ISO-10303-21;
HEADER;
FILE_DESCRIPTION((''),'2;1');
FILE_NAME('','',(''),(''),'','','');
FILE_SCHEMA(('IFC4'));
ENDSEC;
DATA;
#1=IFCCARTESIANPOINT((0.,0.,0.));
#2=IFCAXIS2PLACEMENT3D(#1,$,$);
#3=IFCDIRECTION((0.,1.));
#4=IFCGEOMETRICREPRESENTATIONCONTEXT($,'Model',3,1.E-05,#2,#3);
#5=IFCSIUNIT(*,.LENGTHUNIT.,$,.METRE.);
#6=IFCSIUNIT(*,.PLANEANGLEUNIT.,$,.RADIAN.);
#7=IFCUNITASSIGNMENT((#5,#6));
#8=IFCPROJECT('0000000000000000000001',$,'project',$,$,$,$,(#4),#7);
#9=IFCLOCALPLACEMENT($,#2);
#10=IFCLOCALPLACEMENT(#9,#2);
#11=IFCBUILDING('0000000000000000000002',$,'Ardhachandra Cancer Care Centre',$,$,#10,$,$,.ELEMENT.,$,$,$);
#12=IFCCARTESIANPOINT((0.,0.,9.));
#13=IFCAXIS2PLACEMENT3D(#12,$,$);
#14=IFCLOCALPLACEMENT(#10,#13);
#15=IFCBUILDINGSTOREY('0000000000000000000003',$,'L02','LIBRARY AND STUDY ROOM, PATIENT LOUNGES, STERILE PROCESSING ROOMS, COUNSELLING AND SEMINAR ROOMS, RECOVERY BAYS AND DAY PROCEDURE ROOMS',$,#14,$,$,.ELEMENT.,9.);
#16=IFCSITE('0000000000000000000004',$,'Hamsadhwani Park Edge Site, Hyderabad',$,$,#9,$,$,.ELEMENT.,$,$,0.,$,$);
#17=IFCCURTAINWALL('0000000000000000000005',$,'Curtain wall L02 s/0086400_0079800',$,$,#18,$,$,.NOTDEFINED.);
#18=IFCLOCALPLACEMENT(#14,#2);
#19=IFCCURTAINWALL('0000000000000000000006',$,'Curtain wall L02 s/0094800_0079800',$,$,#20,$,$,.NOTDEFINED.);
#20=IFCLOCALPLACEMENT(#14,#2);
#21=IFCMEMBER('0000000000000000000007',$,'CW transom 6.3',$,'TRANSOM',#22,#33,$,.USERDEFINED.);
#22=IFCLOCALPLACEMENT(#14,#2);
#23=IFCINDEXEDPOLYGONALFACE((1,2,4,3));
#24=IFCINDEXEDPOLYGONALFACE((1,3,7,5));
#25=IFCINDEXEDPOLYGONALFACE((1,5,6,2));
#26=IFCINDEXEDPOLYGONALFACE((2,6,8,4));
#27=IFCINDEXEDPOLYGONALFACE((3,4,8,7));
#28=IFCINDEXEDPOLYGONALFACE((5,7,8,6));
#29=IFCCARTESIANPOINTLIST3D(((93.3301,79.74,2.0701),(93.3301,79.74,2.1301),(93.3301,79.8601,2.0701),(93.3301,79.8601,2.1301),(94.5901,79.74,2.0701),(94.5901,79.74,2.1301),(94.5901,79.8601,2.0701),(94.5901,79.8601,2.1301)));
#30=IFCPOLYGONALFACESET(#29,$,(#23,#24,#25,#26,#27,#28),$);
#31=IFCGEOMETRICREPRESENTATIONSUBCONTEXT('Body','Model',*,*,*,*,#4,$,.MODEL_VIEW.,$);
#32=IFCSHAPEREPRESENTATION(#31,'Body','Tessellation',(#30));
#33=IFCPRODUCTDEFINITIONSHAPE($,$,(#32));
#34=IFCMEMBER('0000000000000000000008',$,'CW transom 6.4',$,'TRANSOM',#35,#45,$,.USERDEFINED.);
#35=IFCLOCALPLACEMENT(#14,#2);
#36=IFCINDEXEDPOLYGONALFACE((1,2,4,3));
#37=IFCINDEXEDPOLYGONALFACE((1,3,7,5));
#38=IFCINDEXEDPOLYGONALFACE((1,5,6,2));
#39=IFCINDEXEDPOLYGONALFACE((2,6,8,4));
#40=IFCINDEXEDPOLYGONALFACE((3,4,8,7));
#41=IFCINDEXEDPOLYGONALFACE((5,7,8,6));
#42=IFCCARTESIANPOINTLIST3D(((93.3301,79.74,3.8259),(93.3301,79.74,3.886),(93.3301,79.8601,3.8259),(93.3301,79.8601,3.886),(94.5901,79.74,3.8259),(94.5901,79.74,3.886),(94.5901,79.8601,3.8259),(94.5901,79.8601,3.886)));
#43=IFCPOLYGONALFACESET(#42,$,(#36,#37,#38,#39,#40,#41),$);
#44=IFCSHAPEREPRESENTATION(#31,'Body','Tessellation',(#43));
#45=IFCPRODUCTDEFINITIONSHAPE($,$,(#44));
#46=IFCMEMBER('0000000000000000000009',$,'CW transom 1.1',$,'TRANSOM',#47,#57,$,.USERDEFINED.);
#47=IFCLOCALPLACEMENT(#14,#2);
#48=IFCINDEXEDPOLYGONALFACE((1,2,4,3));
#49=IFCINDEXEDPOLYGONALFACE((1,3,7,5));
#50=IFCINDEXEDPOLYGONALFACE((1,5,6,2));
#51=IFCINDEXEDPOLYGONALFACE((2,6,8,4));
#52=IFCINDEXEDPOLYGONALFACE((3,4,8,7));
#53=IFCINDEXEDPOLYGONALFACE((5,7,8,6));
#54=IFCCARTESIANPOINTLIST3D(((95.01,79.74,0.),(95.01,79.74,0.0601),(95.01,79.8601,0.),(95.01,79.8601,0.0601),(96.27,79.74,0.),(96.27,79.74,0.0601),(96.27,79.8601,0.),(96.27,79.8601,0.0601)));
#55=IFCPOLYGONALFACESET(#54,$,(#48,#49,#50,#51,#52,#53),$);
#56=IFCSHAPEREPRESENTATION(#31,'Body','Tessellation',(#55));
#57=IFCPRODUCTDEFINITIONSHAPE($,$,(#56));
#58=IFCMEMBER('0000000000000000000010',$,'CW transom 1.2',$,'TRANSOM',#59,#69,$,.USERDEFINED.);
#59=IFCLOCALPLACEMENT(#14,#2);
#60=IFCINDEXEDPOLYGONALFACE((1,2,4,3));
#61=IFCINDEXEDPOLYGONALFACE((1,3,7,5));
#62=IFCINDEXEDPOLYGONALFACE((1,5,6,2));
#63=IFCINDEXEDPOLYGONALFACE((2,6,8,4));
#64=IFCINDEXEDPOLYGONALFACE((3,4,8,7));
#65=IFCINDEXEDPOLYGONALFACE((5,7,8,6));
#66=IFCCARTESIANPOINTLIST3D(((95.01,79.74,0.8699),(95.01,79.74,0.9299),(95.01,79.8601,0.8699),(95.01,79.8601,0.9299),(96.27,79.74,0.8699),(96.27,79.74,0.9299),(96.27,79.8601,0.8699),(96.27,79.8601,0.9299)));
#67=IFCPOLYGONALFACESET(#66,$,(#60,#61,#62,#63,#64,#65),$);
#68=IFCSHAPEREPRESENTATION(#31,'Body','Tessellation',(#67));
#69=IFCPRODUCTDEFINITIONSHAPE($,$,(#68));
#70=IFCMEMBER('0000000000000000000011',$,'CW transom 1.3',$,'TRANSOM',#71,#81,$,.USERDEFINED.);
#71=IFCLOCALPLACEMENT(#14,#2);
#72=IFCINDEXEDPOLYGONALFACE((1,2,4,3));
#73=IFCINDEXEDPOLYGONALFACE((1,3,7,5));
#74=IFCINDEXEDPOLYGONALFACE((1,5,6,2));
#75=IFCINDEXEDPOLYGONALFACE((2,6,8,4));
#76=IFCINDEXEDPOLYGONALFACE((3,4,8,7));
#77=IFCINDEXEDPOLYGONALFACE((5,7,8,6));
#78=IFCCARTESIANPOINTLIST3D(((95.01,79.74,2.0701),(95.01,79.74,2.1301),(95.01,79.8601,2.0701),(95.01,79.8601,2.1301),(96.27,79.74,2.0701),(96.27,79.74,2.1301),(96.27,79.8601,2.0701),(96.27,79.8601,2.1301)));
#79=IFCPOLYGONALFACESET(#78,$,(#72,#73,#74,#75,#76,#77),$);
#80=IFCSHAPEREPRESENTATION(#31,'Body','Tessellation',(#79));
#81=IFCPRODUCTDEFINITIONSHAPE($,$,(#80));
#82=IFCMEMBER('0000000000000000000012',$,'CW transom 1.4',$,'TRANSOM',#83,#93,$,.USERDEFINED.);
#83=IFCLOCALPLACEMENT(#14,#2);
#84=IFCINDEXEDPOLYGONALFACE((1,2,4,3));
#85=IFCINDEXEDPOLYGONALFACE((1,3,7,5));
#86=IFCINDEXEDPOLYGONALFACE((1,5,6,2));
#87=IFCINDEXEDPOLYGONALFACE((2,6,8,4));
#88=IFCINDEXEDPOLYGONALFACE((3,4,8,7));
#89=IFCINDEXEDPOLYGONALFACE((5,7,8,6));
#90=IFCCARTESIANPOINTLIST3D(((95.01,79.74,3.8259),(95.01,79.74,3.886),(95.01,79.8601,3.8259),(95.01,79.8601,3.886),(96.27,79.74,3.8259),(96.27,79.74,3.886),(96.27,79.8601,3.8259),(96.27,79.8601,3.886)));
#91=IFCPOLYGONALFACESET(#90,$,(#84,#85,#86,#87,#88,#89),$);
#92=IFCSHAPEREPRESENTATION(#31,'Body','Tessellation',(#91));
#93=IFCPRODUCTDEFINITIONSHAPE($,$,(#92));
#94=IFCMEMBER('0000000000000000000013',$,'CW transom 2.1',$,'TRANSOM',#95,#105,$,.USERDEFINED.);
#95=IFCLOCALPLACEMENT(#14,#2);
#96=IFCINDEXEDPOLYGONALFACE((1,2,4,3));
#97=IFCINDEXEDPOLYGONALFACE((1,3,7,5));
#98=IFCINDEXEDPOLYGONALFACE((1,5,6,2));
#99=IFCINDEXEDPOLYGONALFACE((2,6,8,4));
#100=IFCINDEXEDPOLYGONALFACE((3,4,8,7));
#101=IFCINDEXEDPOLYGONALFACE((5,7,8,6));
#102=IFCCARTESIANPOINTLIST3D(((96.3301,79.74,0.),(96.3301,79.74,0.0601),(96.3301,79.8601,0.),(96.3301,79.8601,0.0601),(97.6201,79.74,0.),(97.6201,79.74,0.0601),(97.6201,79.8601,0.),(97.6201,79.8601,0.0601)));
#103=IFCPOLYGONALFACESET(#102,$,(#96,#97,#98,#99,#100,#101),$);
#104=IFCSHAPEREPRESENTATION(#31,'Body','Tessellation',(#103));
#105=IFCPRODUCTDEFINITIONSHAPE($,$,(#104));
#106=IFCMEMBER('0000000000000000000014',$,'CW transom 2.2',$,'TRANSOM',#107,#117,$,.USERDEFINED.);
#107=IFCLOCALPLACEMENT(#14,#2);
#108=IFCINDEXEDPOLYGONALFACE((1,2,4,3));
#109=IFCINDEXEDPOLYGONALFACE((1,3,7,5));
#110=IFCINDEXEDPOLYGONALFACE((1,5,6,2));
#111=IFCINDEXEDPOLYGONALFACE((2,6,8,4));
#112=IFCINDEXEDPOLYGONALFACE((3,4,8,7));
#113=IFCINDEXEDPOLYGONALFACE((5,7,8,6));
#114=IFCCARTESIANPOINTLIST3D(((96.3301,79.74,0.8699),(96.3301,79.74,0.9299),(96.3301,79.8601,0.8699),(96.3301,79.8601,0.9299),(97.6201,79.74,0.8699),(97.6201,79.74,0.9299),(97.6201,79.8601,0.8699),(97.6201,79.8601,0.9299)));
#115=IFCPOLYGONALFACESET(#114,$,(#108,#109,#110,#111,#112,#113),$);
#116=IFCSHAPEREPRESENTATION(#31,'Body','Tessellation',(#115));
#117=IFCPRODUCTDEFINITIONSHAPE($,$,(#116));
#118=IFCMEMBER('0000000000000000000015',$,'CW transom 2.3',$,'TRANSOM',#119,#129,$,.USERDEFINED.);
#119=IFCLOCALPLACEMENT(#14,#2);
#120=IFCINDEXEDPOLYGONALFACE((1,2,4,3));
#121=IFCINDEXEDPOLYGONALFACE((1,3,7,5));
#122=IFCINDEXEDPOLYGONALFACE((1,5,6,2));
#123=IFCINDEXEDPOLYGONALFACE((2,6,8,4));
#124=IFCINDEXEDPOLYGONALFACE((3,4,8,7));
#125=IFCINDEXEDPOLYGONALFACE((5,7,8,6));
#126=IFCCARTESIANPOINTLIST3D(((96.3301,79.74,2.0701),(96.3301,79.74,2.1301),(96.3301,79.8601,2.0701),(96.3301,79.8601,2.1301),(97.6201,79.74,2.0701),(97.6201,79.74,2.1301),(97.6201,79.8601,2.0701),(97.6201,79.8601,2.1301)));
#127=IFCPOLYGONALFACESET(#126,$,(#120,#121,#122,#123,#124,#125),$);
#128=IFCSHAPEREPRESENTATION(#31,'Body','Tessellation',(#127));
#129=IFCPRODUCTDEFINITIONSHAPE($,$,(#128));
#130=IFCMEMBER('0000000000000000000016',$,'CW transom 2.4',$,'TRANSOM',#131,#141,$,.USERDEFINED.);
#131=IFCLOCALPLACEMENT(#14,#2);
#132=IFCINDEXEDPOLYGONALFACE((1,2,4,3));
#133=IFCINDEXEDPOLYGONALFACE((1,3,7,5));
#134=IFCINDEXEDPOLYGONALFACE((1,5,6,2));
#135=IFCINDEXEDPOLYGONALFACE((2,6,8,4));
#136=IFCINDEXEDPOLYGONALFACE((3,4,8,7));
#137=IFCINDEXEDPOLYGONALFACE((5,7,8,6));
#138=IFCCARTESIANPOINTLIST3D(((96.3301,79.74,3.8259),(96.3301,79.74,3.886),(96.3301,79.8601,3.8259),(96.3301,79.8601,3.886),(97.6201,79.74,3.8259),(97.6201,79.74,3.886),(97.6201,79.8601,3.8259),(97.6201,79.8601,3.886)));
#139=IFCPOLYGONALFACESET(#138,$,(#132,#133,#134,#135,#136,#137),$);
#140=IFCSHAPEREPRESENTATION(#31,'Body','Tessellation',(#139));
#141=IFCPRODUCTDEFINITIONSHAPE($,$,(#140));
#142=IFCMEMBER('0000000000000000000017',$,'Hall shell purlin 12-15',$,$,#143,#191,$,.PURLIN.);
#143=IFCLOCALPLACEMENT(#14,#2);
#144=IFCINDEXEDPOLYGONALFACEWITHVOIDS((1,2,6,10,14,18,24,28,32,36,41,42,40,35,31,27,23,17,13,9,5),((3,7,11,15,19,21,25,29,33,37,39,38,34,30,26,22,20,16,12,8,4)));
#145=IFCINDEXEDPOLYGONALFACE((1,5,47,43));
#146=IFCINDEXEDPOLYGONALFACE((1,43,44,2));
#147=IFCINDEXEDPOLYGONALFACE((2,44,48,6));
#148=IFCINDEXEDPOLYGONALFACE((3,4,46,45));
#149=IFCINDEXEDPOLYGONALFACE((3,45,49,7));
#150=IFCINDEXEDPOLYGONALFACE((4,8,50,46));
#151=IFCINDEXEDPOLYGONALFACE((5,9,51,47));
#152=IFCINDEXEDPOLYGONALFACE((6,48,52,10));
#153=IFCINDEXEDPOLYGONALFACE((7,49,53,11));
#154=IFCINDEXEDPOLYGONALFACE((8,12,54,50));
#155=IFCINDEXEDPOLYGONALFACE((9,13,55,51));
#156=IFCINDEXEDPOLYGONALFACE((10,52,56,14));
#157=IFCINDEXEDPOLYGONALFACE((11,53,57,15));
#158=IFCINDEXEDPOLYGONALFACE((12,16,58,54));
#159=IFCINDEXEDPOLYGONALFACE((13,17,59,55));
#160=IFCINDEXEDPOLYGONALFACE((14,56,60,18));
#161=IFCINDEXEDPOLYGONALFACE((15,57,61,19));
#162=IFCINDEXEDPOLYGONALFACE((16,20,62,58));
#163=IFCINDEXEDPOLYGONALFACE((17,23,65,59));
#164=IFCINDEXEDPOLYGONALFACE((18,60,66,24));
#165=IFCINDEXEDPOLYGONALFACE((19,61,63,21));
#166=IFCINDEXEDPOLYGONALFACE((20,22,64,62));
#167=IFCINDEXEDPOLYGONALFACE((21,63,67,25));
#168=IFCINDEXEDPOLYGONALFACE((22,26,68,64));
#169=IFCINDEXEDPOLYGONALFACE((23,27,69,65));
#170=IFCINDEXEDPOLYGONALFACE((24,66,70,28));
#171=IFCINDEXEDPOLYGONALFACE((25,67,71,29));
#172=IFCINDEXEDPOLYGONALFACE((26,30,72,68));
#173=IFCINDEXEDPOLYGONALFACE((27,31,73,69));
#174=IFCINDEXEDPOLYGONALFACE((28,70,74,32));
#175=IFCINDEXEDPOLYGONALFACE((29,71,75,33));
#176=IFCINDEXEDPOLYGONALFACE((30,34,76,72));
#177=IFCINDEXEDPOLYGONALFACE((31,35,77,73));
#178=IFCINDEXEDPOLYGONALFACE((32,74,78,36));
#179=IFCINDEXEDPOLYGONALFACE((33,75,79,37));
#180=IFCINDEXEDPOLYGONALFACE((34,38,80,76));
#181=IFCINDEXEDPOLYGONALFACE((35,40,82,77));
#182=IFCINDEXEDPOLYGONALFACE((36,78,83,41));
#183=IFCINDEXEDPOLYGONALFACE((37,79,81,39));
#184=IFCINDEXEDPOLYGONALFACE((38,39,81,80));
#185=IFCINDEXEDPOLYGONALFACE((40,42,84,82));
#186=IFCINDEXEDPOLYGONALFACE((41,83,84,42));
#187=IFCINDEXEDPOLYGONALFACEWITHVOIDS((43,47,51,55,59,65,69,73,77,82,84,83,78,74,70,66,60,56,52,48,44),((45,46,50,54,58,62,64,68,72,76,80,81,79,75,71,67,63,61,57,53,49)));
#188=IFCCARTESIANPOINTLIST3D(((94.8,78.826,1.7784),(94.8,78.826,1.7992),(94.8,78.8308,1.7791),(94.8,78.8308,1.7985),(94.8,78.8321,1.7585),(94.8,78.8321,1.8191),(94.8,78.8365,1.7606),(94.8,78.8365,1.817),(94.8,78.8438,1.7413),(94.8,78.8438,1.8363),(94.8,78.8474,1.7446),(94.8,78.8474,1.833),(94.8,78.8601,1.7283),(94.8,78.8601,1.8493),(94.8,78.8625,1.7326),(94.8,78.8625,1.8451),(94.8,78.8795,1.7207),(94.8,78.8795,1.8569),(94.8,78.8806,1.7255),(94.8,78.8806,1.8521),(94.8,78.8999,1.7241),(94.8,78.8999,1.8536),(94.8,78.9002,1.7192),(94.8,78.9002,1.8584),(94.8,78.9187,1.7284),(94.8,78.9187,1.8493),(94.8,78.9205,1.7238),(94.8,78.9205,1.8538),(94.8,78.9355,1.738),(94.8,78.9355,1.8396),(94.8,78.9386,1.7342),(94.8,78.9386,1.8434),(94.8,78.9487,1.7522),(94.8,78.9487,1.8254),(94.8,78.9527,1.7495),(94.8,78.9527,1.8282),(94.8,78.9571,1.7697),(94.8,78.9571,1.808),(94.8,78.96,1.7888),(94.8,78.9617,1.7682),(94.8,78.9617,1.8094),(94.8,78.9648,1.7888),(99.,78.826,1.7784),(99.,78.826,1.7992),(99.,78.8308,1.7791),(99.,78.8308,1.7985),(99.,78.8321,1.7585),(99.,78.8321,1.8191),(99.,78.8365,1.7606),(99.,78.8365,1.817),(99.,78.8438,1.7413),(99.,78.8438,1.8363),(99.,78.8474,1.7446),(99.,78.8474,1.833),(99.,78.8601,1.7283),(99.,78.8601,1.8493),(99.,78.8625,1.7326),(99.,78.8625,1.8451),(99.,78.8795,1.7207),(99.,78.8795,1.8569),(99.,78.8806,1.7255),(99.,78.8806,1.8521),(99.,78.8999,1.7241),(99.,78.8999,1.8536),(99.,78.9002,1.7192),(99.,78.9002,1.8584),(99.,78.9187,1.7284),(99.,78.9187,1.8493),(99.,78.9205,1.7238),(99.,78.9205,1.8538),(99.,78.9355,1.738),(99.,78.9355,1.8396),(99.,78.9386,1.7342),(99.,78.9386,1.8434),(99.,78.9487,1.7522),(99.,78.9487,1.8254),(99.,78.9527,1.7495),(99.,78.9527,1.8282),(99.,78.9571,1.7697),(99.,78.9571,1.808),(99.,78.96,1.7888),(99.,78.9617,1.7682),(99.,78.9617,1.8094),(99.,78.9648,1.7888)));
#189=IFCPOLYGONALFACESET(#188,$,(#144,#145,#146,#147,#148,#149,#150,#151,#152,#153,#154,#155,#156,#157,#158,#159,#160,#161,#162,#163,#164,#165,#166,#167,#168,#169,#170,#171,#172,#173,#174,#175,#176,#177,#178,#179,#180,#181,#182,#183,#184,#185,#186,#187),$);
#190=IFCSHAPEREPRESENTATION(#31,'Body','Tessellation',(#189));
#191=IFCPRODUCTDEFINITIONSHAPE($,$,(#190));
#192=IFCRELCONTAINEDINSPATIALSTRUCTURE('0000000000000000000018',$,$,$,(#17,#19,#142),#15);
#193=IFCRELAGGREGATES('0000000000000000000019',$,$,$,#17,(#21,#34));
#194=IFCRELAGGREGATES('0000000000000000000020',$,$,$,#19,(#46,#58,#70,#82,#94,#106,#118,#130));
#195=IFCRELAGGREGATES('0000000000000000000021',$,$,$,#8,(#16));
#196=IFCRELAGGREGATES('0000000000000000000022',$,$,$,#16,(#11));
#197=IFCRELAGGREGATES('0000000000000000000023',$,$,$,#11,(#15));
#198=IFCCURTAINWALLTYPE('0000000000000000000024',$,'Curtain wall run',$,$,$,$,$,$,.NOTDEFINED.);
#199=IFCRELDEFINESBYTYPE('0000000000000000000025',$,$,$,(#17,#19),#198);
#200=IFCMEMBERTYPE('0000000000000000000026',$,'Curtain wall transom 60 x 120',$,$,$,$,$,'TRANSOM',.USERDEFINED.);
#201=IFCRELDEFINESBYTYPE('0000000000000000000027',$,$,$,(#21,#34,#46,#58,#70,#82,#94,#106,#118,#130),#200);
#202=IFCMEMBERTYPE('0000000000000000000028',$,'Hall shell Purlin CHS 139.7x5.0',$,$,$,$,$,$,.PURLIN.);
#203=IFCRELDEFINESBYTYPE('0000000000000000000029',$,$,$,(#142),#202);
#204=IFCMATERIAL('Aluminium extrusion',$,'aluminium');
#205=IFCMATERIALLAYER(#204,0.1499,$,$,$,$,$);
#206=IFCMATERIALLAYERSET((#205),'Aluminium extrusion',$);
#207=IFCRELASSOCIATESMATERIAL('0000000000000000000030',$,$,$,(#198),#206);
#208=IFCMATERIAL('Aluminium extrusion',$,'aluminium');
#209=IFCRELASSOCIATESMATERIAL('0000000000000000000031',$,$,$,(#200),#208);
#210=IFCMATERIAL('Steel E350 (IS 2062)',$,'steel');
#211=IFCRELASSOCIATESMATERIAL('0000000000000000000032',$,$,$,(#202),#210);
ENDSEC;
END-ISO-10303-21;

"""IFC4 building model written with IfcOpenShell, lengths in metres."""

from ifc_helpers import new_model, si_unit, direction, frame, origin, origin_2d, place, context, subcontext, project, spatial, rectangle, hollow_circle, extrude, material, layer, layer_set, material_profile, profile_set, type_object, element, aggregate, save


model = new_model("IFC4")

# Units and contexts
model_context = context("Model", 3, precision=1e-05, world=origin(), true_north=direction((0.0, 1.0)))
body_context = subcontext(model_context, "Body", "Model", "MODEL_VIEW")
ifc_project = project(units=[si_unit("LENGTHUNIT", "METRE"), si_unit("PLANEANGLEUNIT", "RADIAN")], contexts=[model_context])

# Site, building, storey
site_placement = place(None, origin())
site = spatial("IfcSite", under=ifc_project, at=site_placement, Name="Hamsadhwani Park Edge Site, Hyderabad", CompositionType="ELEMENT", RefElevation=0.0)
building_placement = place(site_placement, origin())
building = spatial("IfcBuilding", under=site, at=building_placement, Name="Ardhachandra Cancer Care Centre", CompositionType="ELEMENT")
storey_placement = place(building_placement, frame((0.0, 0.0, 9.0)))
storey = spatial("IfcBuildingStorey", under=building, at=storey_placement, Name="L02", Description="LIBRARY AND STUDY ROOM, PATIENT LOUNGES, STERILE PROCESSING ROOMS, COUNSELLING AND SEMINAR ROOMS, RECOVERY BAYS AND DAY PROCEDURE ROOMS", CompositionType="ELEMENT", Elevation=9.0)

# Curtain wall
ifc_material_1 = material(Name="Aluminium extrusion", Category="aluminium")
ifc_layer_1 = layer(ifc_material_1, 0.1499)
ifc_layer_set_1 = layer_set([ifc_layer_1], Name="Aluminium extrusion")
curtain_wall_type = type_object("IfcCurtainWallType", Name="Curtain wall run", PredefinedType="NOTDEFINED", material=ifc_layer_set_1)
curtain_wall_1_placement = place(storey_placement, origin())
curtain_wall_1 = element("IfcCurtainWall", 1, at=curtain_wall_1_placement, inside=storey, type_object=curtain_wall_type, Name="Curtain wall L02 s/0086400_0079800", PredefinedType="NOTDEFINED")

# Curtain wall
curtain_wall_2_placement = place(storey_placement, origin())
curtain_wall_2 = element("IfcCurtainWall", 2, at=curtain_wall_2_placement, inside=storey, type_object=curtain_wall_type, Name="Curtain wall L02 s/0094800_0079800", PredefinedType="NOTDEFINED")

# Members
ifc_material_2 = material(Name="Aluminium extrusion", Category="aluminium")
ifc_material_profile_1 = material_profile(ifc_material_2, rectangle(XDim=0.1201, YDim=0.0601, at=origin_2d()), Name="Curtain wall transom 60 x 120")
ifc_profile_set_1 = profile_set([ifc_material_profile_1], Name="Aluminium extrusion")
member_type_1 = type_object("IfcMemberType", Name="Curtain wall transom 60 x 120", ElementType="TRANSOM", PredefinedType="USERDEFINED", material=ifc_profile_set_1)
member_1_placement = place(storey_placement, frame((93.3301, 79.8, 2.1001), z_axis=(1.0, 0.0, 0.0), x_axis=(0.0, 1.0, 0.0)))
member_1 = element("IfcMember", 3, at=member_1_placement, type_object=member_type_1, Name="CW transom 6.3", ObjectType="TRANSOM", PredefinedType="USERDEFINED", context=body_context, shape_type="SweptSolid", body=[
    extrude(rectangle(XDim=0.1201, YDim=0.0601, at=origin_2d()), origin(), (0.0, 0.0, 1.0), 1.26),
])
member_2_placement = place(storey_placement, frame((93.3301, 79.8, 3.856), z_axis=(1.0, 0.0, 0.0), x_axis=(0.0, 1.0, 0.0)))
member_2 = element("IfcMember", 4, at=member_2_placement, type_object=member_type_1, Name="CW transom 6.4", ObjectType="TRANSOM", PredefinedType="USERDEFINED", context=body_context, shape_type="SweptSolid", body=[
    extrude(rectangle(XDim=0.1201, YDim=0.0601, at=origin_2d()), origin(), (0.0, 0.0, 1.0), 1.26),
])
member_3_placement = place(storey_placement, frame((95.01, 79.8, 0.03), z_axis=(1.0, 0.0, 0.0), x_axis=(0.0, 1.0, 0.0)))
member_3 = element("IfcMember", 5, at=member_3_placement, type_object=member_type_1, Name="CW transom 1.1", ObjectType="TRANSOM", PredefinedType="USERDEFINED", context=body_context, shape_type="SweptSolid", body=[
    extrude(rectangle(XDim=0.1201, YDim=0.0601, at=origin_2d()), origin(), (0.0, 0.0, 1.0), 1.26),
])
member_4_placement = place(storey_placement, frame((95.01, 79.8, 0.8999), z_axis=(1.0, 0.0, 0.0), x_axis=(0.0, 1.0, 0.0)))
member_4 = element("IfcMember", 6, at=member_4_placement, type_object=member_type_1, Name="CW transom 1.2", ObjectType="TRANSOM", PredefinedType="USERDEFINED", context=body_context, shape_type="SweptSolid", body=[
    extrude(rectangle(XDim=0.1201, YDim=0.0601, at=origin_2d()), origin(), (0.0, 0.0, 1.0), 1.26),
])
member_5_placement = place(storey_placement, frame((95.01, 79.8, 2.1001), z_axis=(1.0, 0.0, 0.0), x_axis=(0.0, 1.0, 0.0)))
member_5 = element("IfcMember", 7, at=member_5_placement, type_object=member_type_1, Name="CW transom 1.3", ObjectType="TRANSOM", PredefinedType="USERDEFINED", context=body_context, shape_type="SweptSolid", body=[
    extrude(rectangle(XDim=0.1201, YDim=0.0601, at=origin_2d()), origin(), (0.0, 0.0, 1.0), 1.26),
])
member_6_placement = place(storey_placement, frame((95.01, 79.8, 3.856), z_axis=(1.0, 0.0, 0.0), x_axis=(0.0, 1.0, 0.0)))
member_6 = element("IfcMember", 8, at=member_6_placement, type_object=member_type_1, Name="CW transom 1.4", ObjectType="TRANSOM", PredefinedType="USERDEFINED", context=body_context, shape_type="SweptSolid", body=[
    extrude(rectangle(XDim=0.1201, YDim=0.0601, at=origin_2d()), origin(), (0.0, 0.0, 1.0), 1.26),
])
member_7_placement = place(storey_placement, frame((96.3301, 79.8, 0.03), z_axis=(1.0, 0.0, 0.0), x_axis=(0.0, 1.0, 0.0)))
member_7 = element("IfcMember", 9, at=member_7_placement, type_object=member_type_1, Name="CW transom 2.1", ObjectType="TRANSOM", PredefinedType="USERDEFINED", context=body_context, shape_type="SweptSolid", body=[
    extrude(rectangle(XDim=0.1201, YDim=0.0601, at=origin_2d()), origin(), (0.0, 0.0, 1.0), 1.29),
])
member_8_placement = place(storey_placement, frame((96.3301, 79.8, 0.8999), z_axis=(1.0, 0.0, 0.0), x_axis=(0.0, 1.0, 0.0)))
member_8 = element("IfcMember", 10, at=member_8_placement, type_object=member_type_1, Name="CW transom 2.2", ObjectType="TRANSOM", PredefinedType="USERDEFINED", context=body_context, shape_type="SweptSolid", body=[
    extrude(rectangle(XDim=0.1201, YDim=0.0601, at=origin_2d()), origin(), (0.0, 0.0, 1.0), 1.29),
])
member_9_placement = place(storey_placement, frame((96.3301, 79.8, 2.1001), z_axis=(1.0, 0.0, 0.0), x_axis=(0.0, 1.0, 0.0)))
member_9 = element("IfcMember", 11, at=member_9_placement, type_object=member_type_1, Name="CW transom 2.3", ObjectType="TRANSOM", PredefinedType="USERDEFINED", context=body_context, shape_type="SweptSolid", body=[
    extrude(rectangle(XDim=0.1201, YDim=0.0601, at=origin_2d()), origin(), (0.0, 0.0, 1.0), 1.29),
])
member_10_placement = place(storey_placement, frame((96.3301, 79.8, 3.856), z_axis=(1.0, 0.0, 0.0), x_axis=(0.0, 1.0, 0.0)))
member_10 = element("IfcMember", 12, at=member_10_placement, type_object=member_type_1, Name="CW transom 2.4", ObjectType="TRANSOM", PredefinedType="USERDEFINED", context=body_context, shape_type="SweptSolid", body=[
    extrude(rectangle(XDim=0.1201, YDim=0.0601, at=origin_2d()), origin(), (0.0, 0.0, 1.0), 1.29),
])

# Member
ifc_material_3 = material(Name="Steel E350 (IS 2062)", Category="steel")
ifc_material_profile_2 = material_profile(ifc_material_3, hollow_circle(Radius=0.0698, WallThickness=0.0049, at=origin_2d()), Name="CHS 139.7x5.0")
ifc_profile_set_2 = profile_set([ifc_material_profile_2], Name="Steel E350 (IS 2062)")
member_type_2 = type_object("IfcMemberType", Name="Hall shell Purlin CHS 139.7x5.0", PredefinedType="PURLIN", material=ifc_profile_set_2)
member_11_placement = place(storey_placement, frame((94.8, 78.895, 1.7888), z_axis=(1.0, 0.0, 0.0), x_axis=(0.0, 1.0, 0.0)))
element("IfcMember", 13, at=member_11_placement, inside=storey, type_object=member_type_2, Name="Hall shell purlin 12-15", PredefinedType="PURLIN", context=body_context, shape_type="SweptSolid", body=[
    extrude(hollow_circle(Radius=0.0698, WallThickness=0.0049, at=origin_2d()), origin(), (0.0, 0.0, 1.0), 4.2),
])

aggregate(curtain_wall_1, [member_1, member_2])
aggregate(curtain_wall_2, [member_3, member_4, member_5, member_6, member_7, member_8, member_9, member_10])

save(model, "model.ifc")
